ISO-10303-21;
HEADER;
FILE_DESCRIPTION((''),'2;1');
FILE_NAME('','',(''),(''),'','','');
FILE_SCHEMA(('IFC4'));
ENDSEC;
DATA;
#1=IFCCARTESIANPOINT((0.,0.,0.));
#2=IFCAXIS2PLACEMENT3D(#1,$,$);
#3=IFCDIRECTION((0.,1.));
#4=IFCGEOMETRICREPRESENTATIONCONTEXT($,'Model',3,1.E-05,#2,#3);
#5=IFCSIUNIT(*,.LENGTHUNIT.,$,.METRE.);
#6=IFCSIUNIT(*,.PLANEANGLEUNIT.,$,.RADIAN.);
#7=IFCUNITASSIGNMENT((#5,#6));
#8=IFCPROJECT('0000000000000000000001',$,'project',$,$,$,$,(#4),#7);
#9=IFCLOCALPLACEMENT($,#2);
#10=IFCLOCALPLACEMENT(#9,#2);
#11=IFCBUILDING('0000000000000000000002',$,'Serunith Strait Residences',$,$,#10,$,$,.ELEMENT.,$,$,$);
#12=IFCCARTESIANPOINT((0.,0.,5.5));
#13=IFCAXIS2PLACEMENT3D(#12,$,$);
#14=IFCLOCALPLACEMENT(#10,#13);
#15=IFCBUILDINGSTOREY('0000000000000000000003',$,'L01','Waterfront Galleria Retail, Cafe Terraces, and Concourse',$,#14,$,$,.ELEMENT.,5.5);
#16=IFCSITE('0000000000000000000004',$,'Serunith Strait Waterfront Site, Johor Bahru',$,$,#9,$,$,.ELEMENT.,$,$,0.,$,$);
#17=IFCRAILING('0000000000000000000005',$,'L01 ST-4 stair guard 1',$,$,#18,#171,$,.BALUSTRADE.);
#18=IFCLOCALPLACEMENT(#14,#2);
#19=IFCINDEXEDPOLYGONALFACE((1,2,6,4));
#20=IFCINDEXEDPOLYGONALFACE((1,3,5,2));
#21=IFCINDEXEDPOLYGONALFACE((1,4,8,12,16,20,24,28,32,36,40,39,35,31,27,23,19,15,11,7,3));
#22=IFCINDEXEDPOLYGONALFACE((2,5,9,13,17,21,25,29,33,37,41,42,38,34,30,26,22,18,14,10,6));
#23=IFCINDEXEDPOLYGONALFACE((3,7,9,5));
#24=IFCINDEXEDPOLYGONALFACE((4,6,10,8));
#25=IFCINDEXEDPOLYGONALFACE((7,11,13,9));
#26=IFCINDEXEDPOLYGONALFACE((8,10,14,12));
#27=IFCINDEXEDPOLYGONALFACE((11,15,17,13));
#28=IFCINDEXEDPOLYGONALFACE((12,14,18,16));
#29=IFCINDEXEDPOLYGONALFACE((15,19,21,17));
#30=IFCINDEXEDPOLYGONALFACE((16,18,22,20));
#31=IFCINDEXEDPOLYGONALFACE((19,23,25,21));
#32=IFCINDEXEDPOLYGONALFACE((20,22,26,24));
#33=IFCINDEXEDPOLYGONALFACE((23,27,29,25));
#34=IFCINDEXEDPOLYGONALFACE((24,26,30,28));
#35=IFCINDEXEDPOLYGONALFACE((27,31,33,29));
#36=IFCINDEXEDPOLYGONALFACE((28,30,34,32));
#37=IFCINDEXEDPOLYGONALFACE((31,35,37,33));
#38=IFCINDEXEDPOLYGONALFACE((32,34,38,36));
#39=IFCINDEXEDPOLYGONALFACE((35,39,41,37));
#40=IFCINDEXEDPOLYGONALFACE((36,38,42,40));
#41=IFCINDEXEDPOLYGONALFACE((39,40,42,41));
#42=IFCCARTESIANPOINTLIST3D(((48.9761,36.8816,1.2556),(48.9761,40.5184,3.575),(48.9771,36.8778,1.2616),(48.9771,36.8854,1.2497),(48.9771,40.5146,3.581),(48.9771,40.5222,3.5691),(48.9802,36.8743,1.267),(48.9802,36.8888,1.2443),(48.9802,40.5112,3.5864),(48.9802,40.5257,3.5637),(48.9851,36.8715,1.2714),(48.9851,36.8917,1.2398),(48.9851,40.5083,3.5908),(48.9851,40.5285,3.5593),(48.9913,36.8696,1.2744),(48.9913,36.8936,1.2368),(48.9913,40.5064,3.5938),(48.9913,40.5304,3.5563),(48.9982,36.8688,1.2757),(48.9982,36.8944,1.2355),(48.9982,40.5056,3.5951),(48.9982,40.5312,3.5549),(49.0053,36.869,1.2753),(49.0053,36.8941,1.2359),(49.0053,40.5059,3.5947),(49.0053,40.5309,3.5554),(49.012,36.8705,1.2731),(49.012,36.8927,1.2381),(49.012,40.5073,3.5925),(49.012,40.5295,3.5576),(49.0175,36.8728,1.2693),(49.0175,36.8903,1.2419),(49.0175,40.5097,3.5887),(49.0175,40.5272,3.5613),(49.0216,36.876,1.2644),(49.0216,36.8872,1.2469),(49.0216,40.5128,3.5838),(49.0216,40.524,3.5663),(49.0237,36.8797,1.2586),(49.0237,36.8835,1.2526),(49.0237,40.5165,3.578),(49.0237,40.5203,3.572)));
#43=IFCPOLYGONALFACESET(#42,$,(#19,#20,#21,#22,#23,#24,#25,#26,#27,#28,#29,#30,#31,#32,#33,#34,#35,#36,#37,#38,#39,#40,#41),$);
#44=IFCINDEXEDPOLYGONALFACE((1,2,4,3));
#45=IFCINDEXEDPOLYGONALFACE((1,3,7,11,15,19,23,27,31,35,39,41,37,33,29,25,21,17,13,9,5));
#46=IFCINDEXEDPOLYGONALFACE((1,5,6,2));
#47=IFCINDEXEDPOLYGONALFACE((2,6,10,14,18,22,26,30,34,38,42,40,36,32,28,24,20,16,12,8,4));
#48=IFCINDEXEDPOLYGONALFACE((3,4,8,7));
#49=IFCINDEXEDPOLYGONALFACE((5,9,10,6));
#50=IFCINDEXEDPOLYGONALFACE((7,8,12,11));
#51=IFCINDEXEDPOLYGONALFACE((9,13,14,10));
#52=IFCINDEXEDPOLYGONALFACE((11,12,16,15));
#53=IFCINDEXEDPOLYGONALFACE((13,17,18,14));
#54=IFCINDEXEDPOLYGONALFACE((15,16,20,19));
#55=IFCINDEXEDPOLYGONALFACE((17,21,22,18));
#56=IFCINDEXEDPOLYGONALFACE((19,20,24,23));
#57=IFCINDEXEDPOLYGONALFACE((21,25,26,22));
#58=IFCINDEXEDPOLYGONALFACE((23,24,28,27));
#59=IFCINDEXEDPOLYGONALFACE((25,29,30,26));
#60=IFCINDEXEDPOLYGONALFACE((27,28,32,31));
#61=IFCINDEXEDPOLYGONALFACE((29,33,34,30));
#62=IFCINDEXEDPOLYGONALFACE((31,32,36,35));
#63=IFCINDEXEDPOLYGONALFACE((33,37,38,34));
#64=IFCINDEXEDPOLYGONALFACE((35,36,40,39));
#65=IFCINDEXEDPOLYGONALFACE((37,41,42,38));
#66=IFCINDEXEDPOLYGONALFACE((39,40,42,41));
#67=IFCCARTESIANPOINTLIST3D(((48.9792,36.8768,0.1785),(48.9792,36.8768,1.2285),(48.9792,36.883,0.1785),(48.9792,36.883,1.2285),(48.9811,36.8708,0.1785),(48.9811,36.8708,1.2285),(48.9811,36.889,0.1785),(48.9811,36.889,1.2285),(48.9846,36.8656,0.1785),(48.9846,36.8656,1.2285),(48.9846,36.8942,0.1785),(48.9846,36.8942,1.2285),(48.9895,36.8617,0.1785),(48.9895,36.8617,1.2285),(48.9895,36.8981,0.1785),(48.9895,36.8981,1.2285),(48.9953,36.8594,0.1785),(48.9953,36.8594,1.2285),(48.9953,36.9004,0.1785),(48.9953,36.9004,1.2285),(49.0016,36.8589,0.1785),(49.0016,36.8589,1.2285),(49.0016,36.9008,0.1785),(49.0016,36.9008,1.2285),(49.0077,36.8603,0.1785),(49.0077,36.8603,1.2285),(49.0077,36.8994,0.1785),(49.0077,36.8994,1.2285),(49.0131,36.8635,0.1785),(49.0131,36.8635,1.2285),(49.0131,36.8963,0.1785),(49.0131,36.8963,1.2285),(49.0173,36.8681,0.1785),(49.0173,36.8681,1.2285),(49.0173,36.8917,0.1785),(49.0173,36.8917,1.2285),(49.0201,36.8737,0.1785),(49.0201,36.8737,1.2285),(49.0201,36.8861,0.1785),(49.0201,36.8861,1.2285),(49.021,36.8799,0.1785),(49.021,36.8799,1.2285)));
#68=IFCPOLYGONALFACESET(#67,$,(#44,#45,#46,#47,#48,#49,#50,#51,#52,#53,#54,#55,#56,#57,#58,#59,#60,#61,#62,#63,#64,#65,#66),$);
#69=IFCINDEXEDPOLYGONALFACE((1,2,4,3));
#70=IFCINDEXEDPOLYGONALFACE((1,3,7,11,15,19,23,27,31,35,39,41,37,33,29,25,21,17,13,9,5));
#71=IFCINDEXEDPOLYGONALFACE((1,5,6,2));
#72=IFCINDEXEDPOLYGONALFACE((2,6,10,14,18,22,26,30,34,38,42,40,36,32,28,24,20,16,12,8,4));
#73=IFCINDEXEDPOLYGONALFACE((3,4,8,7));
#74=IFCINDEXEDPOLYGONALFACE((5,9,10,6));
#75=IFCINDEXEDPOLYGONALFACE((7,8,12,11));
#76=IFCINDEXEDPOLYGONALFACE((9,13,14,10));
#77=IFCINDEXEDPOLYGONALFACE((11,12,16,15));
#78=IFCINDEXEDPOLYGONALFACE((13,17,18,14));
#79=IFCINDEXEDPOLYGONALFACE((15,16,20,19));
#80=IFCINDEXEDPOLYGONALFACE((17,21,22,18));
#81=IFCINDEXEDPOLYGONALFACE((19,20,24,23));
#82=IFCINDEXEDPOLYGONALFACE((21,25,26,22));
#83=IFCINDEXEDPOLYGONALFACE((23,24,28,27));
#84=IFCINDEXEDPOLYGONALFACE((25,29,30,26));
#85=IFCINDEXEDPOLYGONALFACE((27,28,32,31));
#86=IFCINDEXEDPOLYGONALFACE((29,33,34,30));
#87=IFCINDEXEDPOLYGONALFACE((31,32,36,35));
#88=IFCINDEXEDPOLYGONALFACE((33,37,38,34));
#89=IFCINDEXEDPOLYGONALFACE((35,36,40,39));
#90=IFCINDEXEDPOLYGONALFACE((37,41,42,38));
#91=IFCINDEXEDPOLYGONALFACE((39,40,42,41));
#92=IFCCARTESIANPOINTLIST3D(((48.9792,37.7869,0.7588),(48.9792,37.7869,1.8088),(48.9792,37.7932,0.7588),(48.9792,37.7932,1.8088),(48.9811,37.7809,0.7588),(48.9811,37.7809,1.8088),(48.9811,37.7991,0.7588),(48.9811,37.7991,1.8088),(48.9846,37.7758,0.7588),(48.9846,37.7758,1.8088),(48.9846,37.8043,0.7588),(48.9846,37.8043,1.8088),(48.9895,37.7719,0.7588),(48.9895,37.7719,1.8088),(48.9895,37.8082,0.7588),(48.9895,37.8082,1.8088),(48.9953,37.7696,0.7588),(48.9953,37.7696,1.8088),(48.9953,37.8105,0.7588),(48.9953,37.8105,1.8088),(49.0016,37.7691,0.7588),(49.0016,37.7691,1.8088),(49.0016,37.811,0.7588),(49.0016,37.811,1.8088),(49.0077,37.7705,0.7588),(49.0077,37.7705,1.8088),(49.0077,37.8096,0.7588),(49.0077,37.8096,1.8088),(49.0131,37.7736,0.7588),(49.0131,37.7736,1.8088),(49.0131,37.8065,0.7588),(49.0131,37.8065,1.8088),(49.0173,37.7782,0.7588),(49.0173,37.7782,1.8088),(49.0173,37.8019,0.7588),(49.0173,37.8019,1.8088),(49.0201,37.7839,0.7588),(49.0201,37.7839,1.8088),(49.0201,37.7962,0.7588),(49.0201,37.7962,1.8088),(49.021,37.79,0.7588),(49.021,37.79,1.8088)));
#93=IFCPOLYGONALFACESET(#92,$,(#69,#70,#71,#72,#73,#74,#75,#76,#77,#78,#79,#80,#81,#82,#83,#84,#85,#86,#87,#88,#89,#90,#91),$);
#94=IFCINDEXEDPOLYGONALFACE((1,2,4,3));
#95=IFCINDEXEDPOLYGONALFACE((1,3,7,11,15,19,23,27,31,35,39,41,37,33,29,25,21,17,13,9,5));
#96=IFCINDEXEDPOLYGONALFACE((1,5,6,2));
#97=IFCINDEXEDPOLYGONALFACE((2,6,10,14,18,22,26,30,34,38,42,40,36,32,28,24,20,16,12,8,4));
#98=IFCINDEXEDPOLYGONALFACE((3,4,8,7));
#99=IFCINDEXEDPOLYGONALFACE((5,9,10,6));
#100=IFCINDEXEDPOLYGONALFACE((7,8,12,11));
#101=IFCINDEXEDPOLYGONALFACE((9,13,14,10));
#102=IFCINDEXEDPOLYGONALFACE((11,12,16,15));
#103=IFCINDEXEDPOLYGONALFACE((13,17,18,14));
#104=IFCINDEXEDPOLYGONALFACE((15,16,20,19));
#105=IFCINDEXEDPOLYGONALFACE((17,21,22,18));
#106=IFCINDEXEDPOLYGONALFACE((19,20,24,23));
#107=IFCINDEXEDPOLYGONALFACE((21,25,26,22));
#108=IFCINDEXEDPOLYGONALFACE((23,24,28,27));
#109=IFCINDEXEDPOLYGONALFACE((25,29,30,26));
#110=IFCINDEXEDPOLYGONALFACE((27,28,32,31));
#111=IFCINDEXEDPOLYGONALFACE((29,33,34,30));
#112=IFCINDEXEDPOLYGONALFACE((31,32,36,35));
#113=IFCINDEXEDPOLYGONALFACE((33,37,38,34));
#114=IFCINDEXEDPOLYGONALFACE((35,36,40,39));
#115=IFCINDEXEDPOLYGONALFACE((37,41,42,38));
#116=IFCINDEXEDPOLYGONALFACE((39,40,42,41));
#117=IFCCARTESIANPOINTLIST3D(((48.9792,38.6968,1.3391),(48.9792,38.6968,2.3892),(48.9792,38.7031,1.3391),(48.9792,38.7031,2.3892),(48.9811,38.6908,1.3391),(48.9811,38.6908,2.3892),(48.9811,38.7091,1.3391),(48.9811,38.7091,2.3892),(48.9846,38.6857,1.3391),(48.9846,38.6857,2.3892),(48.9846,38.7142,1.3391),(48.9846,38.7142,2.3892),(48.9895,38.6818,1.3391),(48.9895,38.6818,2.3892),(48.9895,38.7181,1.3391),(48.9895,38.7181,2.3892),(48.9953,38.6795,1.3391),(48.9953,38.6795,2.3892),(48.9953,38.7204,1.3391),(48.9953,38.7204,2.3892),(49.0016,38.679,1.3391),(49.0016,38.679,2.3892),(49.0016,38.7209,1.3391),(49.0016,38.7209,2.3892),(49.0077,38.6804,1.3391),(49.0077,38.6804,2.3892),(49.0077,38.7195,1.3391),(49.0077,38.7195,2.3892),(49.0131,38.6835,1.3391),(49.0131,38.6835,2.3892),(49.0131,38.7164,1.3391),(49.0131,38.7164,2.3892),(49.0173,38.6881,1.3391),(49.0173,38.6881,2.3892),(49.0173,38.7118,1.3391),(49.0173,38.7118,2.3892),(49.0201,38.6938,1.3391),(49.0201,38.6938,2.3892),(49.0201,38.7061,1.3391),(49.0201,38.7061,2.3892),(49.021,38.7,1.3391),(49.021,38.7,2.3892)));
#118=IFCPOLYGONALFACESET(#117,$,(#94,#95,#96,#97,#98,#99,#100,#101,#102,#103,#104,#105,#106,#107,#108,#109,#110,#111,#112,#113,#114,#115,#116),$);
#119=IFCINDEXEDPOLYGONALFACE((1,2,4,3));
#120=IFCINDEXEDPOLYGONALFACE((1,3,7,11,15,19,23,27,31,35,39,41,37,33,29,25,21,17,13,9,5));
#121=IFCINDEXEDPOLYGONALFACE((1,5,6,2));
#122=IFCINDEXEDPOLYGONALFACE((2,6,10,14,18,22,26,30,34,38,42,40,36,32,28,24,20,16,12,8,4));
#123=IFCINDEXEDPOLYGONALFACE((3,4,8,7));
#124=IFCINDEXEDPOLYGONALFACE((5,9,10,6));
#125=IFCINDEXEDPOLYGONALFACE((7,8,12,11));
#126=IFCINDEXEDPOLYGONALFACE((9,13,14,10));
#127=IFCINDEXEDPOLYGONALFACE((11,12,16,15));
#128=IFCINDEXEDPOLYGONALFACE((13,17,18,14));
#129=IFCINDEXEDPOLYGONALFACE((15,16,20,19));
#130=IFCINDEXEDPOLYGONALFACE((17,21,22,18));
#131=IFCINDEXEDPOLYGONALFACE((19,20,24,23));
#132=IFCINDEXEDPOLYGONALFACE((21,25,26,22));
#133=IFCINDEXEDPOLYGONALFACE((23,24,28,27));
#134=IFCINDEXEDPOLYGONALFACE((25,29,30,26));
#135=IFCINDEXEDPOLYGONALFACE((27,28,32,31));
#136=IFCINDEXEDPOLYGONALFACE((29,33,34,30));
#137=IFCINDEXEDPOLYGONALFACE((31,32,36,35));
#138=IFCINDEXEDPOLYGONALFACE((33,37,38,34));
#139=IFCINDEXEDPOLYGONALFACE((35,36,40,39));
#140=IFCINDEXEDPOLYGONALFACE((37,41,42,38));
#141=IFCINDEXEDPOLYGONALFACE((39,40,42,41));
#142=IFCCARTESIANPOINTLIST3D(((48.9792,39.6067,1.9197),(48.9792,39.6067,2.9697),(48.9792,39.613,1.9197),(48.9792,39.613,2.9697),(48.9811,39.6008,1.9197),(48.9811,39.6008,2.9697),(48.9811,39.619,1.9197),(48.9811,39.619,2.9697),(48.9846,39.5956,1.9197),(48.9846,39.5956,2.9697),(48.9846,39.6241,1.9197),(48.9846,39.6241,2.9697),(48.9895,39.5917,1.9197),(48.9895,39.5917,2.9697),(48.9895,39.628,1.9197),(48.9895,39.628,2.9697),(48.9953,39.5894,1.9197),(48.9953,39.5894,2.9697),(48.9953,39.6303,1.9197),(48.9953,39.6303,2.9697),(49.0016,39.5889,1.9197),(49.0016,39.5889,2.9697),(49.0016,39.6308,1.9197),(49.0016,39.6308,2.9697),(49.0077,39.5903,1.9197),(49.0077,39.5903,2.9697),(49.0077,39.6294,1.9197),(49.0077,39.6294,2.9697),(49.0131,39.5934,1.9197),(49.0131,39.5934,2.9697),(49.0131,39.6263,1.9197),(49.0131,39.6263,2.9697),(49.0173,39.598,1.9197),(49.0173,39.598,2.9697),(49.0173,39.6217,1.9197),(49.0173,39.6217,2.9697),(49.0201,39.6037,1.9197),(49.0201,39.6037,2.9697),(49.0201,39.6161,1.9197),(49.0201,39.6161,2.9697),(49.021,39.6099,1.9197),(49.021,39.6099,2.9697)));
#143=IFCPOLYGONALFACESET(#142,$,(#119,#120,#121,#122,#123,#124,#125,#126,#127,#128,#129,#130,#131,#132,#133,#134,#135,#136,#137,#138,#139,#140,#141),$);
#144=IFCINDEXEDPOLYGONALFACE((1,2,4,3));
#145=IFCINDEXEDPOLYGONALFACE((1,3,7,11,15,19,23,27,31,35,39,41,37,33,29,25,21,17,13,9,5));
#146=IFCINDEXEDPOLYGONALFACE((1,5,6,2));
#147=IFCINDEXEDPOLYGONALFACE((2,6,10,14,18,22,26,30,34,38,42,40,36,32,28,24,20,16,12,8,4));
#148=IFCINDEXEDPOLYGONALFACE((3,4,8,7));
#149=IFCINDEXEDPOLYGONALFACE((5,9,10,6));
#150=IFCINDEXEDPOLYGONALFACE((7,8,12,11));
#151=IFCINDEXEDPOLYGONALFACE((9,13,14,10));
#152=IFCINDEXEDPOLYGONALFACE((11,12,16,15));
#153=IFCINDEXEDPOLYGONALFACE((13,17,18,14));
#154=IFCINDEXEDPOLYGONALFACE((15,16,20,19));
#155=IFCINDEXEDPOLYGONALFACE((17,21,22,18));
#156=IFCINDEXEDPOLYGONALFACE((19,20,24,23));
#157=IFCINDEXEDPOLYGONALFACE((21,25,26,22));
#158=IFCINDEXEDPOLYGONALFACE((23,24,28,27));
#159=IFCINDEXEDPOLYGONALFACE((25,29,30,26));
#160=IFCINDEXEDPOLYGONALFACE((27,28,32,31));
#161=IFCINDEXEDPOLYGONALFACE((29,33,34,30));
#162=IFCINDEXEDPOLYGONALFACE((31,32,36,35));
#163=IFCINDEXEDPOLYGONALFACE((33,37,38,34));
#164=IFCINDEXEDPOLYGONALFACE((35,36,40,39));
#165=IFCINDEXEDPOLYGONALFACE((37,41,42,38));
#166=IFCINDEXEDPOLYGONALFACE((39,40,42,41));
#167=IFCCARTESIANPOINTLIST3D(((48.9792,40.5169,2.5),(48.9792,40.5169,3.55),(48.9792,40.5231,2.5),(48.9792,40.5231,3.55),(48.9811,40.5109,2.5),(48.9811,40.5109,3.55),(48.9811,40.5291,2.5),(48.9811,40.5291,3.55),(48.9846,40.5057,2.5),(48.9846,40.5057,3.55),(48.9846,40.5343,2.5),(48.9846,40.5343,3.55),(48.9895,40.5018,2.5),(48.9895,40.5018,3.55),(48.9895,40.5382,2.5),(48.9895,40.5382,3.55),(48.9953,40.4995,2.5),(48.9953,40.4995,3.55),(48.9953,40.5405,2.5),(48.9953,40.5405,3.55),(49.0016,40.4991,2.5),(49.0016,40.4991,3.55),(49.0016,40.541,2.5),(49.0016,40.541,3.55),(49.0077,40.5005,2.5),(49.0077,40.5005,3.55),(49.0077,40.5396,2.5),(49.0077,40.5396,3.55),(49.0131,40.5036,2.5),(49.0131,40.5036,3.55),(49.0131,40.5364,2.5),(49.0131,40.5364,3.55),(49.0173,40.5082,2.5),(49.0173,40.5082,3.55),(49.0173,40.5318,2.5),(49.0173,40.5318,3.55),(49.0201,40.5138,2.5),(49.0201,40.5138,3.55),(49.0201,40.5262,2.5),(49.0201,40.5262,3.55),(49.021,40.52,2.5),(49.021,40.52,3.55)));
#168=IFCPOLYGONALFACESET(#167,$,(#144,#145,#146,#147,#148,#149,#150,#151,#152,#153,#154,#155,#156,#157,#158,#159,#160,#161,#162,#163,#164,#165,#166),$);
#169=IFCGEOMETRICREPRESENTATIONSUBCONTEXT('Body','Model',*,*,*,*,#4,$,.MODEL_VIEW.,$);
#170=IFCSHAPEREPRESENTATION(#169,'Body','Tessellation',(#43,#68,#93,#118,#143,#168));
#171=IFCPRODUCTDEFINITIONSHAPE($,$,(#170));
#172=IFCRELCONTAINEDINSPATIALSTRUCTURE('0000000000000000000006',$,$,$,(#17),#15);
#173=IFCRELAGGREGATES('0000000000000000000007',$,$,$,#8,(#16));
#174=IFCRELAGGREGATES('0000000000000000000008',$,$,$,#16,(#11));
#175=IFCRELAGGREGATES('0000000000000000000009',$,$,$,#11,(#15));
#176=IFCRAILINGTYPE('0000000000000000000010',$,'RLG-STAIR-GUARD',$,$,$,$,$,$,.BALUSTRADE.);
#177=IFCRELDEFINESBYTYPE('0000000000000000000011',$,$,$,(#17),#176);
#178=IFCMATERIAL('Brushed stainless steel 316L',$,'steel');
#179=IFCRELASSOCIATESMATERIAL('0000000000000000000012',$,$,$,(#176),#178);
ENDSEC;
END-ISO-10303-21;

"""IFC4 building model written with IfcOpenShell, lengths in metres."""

from ifc_helpers import new_model, si_unit, direction, frame, origin, origin_2d, place, context, subcontext, project, spatial, circle, extrude, material, type_object, element, save


model = new_model("IFC4")

# Units and contexts
model_context = context("Model", 3, precision=1e-05, world=origin(), true_north=direction((0.0, 1.0)))
body_context = subcontext(model_context, "Body", "Model", "MODEL_VIEW")
ifc_project = project(units=[si_unit("LENGTHUNIT", "METRE"), si_unit("PLANEANGLEUNIT", "RADIAN")], contexts=[model_context])

# Site, building, storey
site_placement = place(None, origin())
site = spatial("IfcSite", under=ifc_project, at=site_placement, Name="Serunith Strait Waterfront Site, Johor Bahru", CompositionType="ELEMENT", RefElevation=0.0)
building_placement = place(site_placement, origin())
building = spatial("IfcBuilding", under=site, at=building_placement, Name="Serunith Strait Residences", CompositionType="ELEMENT")
storey_placement = place(building_placement, frame((0.0, 0.0, 5.5)))
storey = spatial("IfcBuildingStorey", under=building, at=storey_placement, Name="L01", Description="Waterfront Galleria Retail, Cafe Terraces, and Concourse", CompositionType="ELEMENT", Elevation=5.5)

# Railing
ifc_material_1 = material(Name="Brushed stainless steel 316L", Category="steel")
railing_type_1 = type_object("IfcRailingType", Name="RLG-STAIR-GUARD", PredefinedType="BALUSTRADE", material=ifc_material_1)
railing_1_placement = place(storey_placement, frame((49.0, 36.8799, 0.1785)))
element("IfcRailing", 1, at=railing_1_placement, inside=storey, type_object=railing_type_1, Name="L01 ST-4 stair guard 1", PredefinedType="BALUSTRADE", context=body_context, shape_type="SweptSolid", body=[
    extrude(circle(Radius=0.0239, at=origin_2d()), frame((0.0, 0.0017, 1.0771), z_axis=(0.0, 0.843128, 0.537713), x_axis=(-1.0, 0.0, 0.0)), (0.0, 0.0, 1.0), 4.3135),
    extrude(circle(Radius=0.021, at=origin_2d()), origin(), (0.0, 0.0, 1.0), 1.05),
    extrude(circle(Radius=0.021, at=origin_2d()), frame((0.0, 0.9102, 0.5803)), (0.0, 0.0, 1.0), 1.05),
    extrude(circle(Radius=0.021, at=origin_2d()), frame((0.0, 1.8201, 1.1606)), (0.0, 0.0, 1.0), 1.05),
    extrude(circle(Radius=0.021, at=origin_2d()), frame((0.0, 2.73, 1.7412)), (0.0, 0.0, 1.0), 1.05),
    extrude(circle(Radius=0.021, at=origin_2d()), frame((0.0, 3.6401, 2.3215)), (0.0, 0.0, 1.0), 1.05),
])

save(model, "model.ifc")
